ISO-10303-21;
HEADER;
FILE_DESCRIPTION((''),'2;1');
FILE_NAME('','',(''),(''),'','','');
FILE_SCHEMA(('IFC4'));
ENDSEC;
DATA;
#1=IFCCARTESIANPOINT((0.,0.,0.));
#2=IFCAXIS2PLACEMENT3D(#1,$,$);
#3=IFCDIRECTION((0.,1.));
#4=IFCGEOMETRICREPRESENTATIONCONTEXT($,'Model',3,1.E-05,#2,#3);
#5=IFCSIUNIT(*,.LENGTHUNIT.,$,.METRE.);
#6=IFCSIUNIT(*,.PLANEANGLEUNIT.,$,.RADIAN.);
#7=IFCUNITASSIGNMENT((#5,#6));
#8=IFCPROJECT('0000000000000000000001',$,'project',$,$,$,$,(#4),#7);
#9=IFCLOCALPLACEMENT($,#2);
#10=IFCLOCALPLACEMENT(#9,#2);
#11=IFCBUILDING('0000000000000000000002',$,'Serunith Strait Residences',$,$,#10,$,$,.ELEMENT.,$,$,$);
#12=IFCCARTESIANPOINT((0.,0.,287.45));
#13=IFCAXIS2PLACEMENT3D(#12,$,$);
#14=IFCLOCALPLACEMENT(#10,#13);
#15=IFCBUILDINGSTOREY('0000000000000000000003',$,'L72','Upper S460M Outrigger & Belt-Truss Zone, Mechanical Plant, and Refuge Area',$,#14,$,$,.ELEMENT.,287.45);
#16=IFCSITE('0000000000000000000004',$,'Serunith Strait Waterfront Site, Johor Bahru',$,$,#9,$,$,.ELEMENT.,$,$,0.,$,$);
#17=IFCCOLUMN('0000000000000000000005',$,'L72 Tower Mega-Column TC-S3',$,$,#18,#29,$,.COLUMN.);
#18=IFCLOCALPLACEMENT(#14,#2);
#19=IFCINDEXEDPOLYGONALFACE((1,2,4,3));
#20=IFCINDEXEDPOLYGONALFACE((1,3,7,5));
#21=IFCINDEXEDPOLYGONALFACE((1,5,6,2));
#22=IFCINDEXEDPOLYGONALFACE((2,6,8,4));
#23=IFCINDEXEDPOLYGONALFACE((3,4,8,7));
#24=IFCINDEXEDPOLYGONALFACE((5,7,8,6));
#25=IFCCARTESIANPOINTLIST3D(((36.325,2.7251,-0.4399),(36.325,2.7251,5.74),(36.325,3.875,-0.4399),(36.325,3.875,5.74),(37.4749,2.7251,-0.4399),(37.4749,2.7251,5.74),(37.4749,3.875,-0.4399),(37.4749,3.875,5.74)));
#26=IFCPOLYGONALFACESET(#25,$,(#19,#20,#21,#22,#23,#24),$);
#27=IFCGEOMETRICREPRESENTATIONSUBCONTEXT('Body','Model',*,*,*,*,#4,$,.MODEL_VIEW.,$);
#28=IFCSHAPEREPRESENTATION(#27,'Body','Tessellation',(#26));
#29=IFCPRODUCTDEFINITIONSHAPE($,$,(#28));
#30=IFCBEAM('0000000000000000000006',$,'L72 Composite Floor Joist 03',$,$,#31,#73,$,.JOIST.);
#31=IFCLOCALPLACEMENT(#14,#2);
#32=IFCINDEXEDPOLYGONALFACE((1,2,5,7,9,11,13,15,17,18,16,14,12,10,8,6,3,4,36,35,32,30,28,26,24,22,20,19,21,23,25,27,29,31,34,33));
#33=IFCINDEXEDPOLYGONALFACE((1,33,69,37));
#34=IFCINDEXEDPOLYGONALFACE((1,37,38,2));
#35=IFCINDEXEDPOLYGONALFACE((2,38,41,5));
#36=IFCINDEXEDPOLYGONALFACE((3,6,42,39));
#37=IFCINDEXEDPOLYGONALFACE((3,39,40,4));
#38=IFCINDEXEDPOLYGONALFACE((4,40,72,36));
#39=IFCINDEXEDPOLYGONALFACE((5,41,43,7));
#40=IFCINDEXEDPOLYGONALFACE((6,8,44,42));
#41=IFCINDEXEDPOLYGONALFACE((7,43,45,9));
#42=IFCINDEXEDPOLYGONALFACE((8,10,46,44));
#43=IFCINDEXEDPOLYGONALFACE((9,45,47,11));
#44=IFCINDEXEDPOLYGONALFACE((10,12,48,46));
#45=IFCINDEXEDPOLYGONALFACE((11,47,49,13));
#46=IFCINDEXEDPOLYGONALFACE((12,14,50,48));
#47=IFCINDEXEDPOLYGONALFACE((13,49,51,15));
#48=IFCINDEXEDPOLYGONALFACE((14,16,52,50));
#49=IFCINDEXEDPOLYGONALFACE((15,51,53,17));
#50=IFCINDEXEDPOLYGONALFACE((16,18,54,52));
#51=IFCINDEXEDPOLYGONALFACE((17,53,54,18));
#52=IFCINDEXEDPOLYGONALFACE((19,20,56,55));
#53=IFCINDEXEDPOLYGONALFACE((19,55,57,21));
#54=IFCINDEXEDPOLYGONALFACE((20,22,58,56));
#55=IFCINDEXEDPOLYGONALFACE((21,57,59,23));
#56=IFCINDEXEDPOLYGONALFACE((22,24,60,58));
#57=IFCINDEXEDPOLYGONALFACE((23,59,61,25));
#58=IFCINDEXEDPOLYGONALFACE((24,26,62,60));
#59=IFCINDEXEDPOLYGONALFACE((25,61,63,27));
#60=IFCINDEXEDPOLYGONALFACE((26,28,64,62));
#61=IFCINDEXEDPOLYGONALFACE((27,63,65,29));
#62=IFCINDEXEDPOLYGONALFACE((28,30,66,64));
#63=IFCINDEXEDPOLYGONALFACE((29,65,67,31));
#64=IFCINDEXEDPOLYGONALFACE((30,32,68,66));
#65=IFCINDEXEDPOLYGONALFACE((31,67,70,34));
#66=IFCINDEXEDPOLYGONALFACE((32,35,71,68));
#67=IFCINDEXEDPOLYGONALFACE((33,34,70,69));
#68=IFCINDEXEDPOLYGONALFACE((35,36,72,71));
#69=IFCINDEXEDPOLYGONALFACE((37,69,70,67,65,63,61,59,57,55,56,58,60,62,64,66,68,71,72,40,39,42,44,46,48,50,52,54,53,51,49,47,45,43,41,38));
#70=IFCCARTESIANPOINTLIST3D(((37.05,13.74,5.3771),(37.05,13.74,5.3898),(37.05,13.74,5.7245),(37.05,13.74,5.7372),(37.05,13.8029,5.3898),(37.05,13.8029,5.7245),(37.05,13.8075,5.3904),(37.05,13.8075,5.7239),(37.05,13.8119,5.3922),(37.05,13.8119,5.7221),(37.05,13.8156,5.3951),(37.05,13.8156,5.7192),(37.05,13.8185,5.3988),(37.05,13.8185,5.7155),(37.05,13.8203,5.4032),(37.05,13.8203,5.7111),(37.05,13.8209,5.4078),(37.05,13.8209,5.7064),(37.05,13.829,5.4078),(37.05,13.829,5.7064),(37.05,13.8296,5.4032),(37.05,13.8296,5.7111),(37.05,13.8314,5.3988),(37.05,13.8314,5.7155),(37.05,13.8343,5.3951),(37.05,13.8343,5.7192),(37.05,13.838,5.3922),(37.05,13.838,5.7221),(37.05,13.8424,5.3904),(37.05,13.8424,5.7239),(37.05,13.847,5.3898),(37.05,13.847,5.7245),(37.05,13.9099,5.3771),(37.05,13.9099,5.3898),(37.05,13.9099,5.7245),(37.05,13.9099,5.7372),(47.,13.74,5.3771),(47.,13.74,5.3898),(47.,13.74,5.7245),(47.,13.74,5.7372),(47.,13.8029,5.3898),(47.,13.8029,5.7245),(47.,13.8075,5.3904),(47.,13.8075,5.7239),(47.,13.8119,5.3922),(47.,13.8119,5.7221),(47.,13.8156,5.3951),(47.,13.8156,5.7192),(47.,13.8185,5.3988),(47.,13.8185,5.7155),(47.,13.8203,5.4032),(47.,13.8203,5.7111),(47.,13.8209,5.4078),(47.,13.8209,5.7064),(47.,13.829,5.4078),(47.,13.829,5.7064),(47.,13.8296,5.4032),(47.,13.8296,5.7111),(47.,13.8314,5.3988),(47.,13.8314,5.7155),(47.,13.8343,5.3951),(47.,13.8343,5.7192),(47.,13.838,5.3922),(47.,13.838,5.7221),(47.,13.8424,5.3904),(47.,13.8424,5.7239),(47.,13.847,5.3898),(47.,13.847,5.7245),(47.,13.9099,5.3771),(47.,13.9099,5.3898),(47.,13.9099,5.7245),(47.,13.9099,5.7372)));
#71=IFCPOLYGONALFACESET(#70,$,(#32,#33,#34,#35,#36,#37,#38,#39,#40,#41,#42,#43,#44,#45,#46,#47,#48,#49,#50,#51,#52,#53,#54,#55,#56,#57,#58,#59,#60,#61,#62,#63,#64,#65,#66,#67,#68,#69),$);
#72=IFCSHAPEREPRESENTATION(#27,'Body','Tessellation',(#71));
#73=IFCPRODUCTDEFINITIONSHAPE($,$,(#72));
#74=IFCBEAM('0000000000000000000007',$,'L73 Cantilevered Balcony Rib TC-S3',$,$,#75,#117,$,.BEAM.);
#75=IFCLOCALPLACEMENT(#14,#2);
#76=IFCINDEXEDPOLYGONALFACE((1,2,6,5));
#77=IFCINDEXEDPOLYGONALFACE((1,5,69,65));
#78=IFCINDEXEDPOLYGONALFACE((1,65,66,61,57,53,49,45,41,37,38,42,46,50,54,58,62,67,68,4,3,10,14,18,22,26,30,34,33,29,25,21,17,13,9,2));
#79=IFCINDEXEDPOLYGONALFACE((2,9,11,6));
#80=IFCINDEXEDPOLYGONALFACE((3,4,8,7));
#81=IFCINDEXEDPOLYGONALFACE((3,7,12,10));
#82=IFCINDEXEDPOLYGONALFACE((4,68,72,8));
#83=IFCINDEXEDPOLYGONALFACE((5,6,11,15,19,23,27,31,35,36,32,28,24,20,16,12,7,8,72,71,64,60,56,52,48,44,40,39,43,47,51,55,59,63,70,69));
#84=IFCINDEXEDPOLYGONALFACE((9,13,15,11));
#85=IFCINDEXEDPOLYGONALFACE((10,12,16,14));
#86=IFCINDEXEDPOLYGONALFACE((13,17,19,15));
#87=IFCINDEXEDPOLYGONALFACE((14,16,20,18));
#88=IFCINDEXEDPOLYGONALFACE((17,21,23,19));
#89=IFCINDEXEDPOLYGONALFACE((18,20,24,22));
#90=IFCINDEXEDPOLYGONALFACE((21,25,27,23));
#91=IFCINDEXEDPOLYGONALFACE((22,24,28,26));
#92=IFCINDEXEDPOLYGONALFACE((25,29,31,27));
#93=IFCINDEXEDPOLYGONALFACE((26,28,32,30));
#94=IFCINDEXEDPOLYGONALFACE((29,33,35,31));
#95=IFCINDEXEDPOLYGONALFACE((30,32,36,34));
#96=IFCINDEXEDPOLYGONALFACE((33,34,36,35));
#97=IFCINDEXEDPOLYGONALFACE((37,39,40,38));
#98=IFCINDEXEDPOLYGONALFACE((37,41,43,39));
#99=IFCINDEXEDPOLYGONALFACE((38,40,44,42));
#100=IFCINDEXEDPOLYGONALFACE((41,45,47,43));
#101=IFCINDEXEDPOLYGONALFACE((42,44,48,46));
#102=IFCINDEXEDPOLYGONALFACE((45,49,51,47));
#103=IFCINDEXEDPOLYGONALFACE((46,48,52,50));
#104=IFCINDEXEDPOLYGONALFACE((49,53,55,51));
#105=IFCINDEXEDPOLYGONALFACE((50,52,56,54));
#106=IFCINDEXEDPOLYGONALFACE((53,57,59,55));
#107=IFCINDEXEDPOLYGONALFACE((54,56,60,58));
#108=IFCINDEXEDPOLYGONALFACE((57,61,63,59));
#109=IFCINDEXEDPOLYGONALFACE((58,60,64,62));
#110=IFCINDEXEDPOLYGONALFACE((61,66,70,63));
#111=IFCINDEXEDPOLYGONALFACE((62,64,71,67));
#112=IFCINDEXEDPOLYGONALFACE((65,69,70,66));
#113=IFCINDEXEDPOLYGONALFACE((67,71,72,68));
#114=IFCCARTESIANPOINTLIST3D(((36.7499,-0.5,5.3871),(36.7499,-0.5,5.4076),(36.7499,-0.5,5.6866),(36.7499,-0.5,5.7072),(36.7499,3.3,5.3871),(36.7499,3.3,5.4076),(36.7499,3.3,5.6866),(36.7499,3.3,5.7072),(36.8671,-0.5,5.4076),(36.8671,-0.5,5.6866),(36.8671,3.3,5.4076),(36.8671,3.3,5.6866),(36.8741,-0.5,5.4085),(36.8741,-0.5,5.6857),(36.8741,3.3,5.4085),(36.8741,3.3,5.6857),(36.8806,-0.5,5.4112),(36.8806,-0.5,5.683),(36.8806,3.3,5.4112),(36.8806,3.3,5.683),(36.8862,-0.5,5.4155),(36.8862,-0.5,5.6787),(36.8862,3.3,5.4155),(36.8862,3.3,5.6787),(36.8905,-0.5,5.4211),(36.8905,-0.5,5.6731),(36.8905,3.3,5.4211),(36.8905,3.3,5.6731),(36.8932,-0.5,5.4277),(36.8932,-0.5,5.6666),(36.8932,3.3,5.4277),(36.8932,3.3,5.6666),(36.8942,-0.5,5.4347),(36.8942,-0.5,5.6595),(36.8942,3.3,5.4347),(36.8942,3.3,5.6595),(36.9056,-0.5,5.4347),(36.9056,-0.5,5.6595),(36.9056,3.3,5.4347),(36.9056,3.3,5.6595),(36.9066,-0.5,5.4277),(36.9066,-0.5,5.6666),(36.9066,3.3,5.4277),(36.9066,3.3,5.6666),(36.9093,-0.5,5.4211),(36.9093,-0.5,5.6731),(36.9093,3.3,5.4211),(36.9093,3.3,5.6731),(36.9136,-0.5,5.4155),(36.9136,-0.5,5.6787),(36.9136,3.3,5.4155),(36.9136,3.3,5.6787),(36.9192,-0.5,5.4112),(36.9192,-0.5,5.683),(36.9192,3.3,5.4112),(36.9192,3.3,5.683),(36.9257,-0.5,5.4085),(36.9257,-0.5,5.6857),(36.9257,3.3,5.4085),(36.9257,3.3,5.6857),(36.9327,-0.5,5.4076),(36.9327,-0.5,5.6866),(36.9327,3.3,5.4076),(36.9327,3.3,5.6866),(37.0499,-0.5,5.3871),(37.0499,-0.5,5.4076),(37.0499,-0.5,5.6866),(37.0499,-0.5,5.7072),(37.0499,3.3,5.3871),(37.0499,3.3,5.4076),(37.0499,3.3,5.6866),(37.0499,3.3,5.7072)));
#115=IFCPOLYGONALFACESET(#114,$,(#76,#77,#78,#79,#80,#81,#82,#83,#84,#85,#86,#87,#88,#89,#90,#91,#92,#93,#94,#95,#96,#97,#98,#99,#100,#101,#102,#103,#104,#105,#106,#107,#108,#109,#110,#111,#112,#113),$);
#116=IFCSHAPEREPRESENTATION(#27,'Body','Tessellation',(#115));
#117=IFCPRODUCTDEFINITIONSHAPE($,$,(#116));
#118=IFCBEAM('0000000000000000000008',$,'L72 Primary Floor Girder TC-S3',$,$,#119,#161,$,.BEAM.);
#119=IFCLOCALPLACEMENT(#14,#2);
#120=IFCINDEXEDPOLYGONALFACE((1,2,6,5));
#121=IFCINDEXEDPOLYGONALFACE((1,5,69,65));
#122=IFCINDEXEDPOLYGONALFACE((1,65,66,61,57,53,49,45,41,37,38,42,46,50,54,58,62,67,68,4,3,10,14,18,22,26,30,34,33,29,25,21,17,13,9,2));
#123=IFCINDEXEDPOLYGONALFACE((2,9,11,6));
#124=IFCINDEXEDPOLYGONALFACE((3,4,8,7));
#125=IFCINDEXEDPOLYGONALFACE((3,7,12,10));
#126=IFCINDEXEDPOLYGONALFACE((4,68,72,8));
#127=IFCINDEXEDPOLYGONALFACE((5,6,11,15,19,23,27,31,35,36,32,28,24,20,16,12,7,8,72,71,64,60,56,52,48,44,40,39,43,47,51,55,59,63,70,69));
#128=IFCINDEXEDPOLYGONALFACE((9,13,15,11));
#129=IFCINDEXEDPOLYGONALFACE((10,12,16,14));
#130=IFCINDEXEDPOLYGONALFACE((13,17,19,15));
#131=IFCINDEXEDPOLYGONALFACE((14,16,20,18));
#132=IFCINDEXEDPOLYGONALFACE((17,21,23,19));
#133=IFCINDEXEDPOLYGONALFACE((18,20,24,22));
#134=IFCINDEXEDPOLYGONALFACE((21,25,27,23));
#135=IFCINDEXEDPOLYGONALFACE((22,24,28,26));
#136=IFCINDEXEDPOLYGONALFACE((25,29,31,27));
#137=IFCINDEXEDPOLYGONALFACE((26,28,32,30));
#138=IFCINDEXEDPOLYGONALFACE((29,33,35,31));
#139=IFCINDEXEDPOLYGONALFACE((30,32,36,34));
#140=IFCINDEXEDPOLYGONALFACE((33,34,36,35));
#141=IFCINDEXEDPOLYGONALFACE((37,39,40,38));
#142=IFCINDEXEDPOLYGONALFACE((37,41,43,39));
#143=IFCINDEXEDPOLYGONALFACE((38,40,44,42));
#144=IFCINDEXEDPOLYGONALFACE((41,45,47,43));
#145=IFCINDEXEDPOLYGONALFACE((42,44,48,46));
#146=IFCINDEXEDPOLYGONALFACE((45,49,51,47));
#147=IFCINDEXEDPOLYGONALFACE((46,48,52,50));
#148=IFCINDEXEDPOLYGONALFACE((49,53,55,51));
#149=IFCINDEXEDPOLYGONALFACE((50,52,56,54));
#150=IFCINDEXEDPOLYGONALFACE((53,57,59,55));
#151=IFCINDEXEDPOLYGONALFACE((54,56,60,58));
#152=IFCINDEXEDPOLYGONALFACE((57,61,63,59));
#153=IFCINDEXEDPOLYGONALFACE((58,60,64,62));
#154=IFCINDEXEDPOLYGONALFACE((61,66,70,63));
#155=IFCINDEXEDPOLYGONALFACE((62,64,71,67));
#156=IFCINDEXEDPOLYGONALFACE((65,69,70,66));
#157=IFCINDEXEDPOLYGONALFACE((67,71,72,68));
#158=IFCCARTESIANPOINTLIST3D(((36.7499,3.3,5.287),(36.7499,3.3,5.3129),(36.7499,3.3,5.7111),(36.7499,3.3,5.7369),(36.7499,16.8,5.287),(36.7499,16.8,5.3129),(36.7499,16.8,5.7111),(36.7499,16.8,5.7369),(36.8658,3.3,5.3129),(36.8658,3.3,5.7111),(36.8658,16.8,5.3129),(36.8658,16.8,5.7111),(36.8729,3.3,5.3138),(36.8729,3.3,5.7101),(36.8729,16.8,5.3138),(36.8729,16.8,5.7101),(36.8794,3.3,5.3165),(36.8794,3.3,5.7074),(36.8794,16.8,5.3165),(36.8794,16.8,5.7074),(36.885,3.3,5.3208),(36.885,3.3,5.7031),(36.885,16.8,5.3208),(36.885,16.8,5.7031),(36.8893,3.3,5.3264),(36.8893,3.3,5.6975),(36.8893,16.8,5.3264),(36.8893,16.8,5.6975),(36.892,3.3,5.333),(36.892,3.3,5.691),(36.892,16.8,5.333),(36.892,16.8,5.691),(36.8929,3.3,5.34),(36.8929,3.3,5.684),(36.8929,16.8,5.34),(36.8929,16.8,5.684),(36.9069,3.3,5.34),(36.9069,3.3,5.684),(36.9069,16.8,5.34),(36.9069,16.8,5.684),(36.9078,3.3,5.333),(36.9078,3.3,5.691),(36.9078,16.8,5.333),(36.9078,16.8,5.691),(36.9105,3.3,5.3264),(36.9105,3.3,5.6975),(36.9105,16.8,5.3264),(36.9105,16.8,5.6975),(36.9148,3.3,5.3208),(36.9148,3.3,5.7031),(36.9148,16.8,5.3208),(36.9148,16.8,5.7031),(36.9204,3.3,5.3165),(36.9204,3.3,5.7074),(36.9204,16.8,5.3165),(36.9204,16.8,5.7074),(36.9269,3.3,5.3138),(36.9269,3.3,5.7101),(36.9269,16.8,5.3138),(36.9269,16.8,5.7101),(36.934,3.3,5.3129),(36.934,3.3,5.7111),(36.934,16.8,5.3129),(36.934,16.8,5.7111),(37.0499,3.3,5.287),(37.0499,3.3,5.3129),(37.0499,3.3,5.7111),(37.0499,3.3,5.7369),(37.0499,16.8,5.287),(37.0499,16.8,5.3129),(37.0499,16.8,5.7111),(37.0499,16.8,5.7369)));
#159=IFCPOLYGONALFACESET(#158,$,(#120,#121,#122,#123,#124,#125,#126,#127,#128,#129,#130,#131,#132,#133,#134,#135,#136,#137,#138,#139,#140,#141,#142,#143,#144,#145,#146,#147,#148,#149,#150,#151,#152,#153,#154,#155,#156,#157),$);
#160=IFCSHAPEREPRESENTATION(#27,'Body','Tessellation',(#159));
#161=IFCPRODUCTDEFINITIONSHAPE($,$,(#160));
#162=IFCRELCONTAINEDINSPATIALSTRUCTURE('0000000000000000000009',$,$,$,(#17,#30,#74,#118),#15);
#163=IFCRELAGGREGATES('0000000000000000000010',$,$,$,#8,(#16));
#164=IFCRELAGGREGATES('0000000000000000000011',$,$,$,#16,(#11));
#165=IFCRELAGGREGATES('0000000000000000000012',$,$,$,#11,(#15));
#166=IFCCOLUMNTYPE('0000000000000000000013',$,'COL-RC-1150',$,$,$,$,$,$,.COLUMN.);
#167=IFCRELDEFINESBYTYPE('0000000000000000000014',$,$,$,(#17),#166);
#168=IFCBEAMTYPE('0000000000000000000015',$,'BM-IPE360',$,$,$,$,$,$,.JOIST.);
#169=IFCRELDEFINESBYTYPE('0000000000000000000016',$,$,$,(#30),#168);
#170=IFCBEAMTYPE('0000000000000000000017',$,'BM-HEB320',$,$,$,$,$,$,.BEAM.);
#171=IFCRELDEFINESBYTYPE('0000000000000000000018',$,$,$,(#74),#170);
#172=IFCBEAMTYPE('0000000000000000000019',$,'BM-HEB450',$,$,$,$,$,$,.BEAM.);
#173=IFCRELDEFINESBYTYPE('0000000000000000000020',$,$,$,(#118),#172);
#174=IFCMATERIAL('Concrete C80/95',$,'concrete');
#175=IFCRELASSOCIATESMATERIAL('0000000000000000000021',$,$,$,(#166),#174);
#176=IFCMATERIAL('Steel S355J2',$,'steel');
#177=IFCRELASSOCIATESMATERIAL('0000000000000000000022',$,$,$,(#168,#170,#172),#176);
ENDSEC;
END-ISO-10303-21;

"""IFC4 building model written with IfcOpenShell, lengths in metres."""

from ifc_helpers import new_model, si_unit, direction, frame, origin, origin_2d, place, context, subcontext, project, spatial, rectangle, i_section, extrude, source, transform, mapped, material, material_profile, profile_set, type_object, element, save


model = new_model("IFC4")

# Units and contexts
model_context = context("Model", 3, precision=1e-05, world=origin(), true_north=direction((0.0, 1.0)))
body_context = subcontext(model_context, "Body", "Model", "MODEL_VIEW")
ifc_project = project(units=[si_unit("LENGTHUNIT", "METRE"), si_unit("PLANEANGLEUNIT", "RADIAN")], contexts=[model_context])

# Site, building, storey
site_placement = place(None, origin())
site = spatial("IfcSite", under=ifc_project, at=site_placement, Name="Serunith Strait Waterfront Site, Johor Bahru", CompositionType="ELEMENT", RefElevation=0.0)
building_placement = place(site_placement, origin())
building = spatial("IfcBuilding", under=site, at=building_placement, Name="Serunith Strait Residences", CompositionType="ELEMENT")
storey_placement = place(building_placement, frame((0.0, 0.0, 287.45)))
storey = spatial("IfcBuildingStorey", under=building, at=storey_placement, Name="L72", Description="Upper S460M Outrigger & Belt-Truss Zone, Mechanical Plant, and Refuge Area", CompositionType="ELEMENT", Elevation=287.45)

# Column
ifc_material_1 = material(Name="Concrete C80/95", Category="concrete")
ifc_material_profile_1 = material_profile(ifc_material_1, rectangle(XDim=1.1499, YDim=1.1499, at=origin_2d()), Name="RC 1150x1150")
ifc_profile_set_1 = profile_set([ifc_material_profile_1], Name="Concrete C80/95")
column_type = type_object("IfcColumnType", Name="COL-RC-1150", PredefinedType="COLUMN", material=ifc_profile_set_1)
shared_shape_1 = source(origin(), body_context, "Body", "SweptSolid", [
    extrude(rectangle(XDim=1.1499, YDim=1.1499, at=origin_2d()), origin(), (0.0, 0.0, 1.0), 6.1799),
])
column_placement = place(storey_placement, frame((36.8999, 3.3, -0.4399), z_axis=(0.0, 0.0, 1.0), x_axis=(1.0, 0.0, 0.0)))
element("IfcColumn", 1, at=column_placement, inside=storey, type_object=column_type, Name="L72 Tower Mega-Column TC-S3", PredefinedType="COLUMN", context=body_context, shape_type="MappedRepresentation", body=[
    mapped(shared_shape_1, transform((0.0, 0.0, 0.0), scale=1.0)),
])

# Beams
ifc_material_2 = material(Name="Steel S355J2", Category="steel")
ifc_material_profile_2 = material_profile(ifc_material_2, i_section(OverallWidth=0.1699, OverallDepth=0.3601, WebThickness=0.0081, FlangeThickness=0.0127, FilletRadius=0.0181, at=origin_2d()), Name="IPE 360")
ifc_profile_set_2 = profile_set([ifc_material_profile_2], Name="Steel S355J2")
beam_type_1 = type_object("IfcBeamType", Name="BM-IPE360", PredefinedType="JOIST", material=ifc_profile_set_2)
shared_shape_2 = source(origin(), body_context, "Body", "SweptSolid", [
    extrude(i_section(OverallWidth=0.1699, OverallDepth=0.3601, WebThickness=0.0081, FlangeThickness=0.0127, FilletRadius=0.0181, at=origin_2d()), origin(), (0.0, 0.0, 1.0), 9.95),
])
beam_1_placement = place(storey_placement, frame((37.05, 13.825, 5.5571), z_axis=(1.0, 0.0, 0.0), x_axis=(0.0, 1.0, 0.0)))
element("IfcBeam", 2, at=beam_1_placement, inside=storey, type_object=beam_type_1, Name="L72 Composite Floor Joist 03", PredefinedType="JOIST", context=body_context, shape_type="MappedRepresentation", body=[
    mapped(shared_shape_2, transform((0.0, 0.0, 0.0), scale=1.0)),
])
ifc_material_profile_3 = material_profile(ifc_material_2, i_section(OverallWidth=0.3, OverallDepth=0.3201, WebThickness=0.0115, FlangeThickness=0.0205, FilletRadius=0.0271, at=origin_2d()), Name="HEB 320")
ifc_profile_set_3 = profile_set([ifc_material_profile_3], Name="Steel S355J2")
beam_type_2 = type_object("IfcBeamType", Name="BM-HEB320", PredefinedType="BEAM", material=ifc_profile_set_3)
shared_shape_3 = source(origin(), body_context, "Body", "SweptSolid", [
    extrude(i_section(OverallWidth=0.3, OverallDepth=0.3201, WebThickness=0.0115, FlangeThickness=0.0205, FilletRadius=0.0271, at=origin_2d()), origin(), (0.0, 0.0, 1.0), 3.8),
])
beam_2_placement = place(storey_placement, frame((36.8999, 3.3, 5.5471), z_axis=(0.0, -1.0, 0.0), x_axis=(1.0, 0.0, 0.0)))
element("IfcBeam", 3, at=beam_2_placement, inside=storey, type_object=beam_type_2, Name="L73 Cantilevered Balcony Rib TC-S3", PredefinedType="BEAM", context=body_context, shape_type="MappedRepresentation", body=[
    mapped(shared_shape_3, transform((0.0, 0.0, 0.0), scale=1.0)),
])
ifc_material_profile_4 = material_profile(ifc_material_2, i_section(OverallWidth=0.3, OverallDepth=0.45, WebThickness=0.0139, FlangeThickness=0.0259, FilletRadius=0.0271, at=origin_2d()), Name="HEB 450")
ifc_profile_set_4 = profile_set([ifc_material_profile_4], Name="Steel S355J2")
beam_type_3 = type_object("IfcBeamType", Name="BM-HEB450", PredefinedType="BEAM", material=ifc_profile_set_4)
shared_shape_4 = source(origin(), body_context, "Body", "SweptSolid", [
    extrude(i_section(OverallWidth=0.3, OverallDepth=0.45, WebThickness=0.0139, FlangeThickness=0.0259, FilletRadius=0.0271, at=origin_2d()), origin(), (0.0, 0.0, 1.0), 13.5),
])
beam_3_placement = place(storey_placement, frame((36.8999, 16.8, 5.512), z_axis=(0.0, -1.0, 0.0), x_axis=(1.0, 0.0, 0.0)))
element("IfcBeam", 4, at=beam_3_placement, inside=storey, type_object=beam_type_3, Name="L72 Primary Floor Girder TC-S3", PredefinedType="BEAM", context=body_context, shape_type="MappedRepresentation", body=[
    mapped(shared_shape_4, transform((0.0, 0.0, 0.0), scale=1.0)),
])

save(model, "model.ifc")
